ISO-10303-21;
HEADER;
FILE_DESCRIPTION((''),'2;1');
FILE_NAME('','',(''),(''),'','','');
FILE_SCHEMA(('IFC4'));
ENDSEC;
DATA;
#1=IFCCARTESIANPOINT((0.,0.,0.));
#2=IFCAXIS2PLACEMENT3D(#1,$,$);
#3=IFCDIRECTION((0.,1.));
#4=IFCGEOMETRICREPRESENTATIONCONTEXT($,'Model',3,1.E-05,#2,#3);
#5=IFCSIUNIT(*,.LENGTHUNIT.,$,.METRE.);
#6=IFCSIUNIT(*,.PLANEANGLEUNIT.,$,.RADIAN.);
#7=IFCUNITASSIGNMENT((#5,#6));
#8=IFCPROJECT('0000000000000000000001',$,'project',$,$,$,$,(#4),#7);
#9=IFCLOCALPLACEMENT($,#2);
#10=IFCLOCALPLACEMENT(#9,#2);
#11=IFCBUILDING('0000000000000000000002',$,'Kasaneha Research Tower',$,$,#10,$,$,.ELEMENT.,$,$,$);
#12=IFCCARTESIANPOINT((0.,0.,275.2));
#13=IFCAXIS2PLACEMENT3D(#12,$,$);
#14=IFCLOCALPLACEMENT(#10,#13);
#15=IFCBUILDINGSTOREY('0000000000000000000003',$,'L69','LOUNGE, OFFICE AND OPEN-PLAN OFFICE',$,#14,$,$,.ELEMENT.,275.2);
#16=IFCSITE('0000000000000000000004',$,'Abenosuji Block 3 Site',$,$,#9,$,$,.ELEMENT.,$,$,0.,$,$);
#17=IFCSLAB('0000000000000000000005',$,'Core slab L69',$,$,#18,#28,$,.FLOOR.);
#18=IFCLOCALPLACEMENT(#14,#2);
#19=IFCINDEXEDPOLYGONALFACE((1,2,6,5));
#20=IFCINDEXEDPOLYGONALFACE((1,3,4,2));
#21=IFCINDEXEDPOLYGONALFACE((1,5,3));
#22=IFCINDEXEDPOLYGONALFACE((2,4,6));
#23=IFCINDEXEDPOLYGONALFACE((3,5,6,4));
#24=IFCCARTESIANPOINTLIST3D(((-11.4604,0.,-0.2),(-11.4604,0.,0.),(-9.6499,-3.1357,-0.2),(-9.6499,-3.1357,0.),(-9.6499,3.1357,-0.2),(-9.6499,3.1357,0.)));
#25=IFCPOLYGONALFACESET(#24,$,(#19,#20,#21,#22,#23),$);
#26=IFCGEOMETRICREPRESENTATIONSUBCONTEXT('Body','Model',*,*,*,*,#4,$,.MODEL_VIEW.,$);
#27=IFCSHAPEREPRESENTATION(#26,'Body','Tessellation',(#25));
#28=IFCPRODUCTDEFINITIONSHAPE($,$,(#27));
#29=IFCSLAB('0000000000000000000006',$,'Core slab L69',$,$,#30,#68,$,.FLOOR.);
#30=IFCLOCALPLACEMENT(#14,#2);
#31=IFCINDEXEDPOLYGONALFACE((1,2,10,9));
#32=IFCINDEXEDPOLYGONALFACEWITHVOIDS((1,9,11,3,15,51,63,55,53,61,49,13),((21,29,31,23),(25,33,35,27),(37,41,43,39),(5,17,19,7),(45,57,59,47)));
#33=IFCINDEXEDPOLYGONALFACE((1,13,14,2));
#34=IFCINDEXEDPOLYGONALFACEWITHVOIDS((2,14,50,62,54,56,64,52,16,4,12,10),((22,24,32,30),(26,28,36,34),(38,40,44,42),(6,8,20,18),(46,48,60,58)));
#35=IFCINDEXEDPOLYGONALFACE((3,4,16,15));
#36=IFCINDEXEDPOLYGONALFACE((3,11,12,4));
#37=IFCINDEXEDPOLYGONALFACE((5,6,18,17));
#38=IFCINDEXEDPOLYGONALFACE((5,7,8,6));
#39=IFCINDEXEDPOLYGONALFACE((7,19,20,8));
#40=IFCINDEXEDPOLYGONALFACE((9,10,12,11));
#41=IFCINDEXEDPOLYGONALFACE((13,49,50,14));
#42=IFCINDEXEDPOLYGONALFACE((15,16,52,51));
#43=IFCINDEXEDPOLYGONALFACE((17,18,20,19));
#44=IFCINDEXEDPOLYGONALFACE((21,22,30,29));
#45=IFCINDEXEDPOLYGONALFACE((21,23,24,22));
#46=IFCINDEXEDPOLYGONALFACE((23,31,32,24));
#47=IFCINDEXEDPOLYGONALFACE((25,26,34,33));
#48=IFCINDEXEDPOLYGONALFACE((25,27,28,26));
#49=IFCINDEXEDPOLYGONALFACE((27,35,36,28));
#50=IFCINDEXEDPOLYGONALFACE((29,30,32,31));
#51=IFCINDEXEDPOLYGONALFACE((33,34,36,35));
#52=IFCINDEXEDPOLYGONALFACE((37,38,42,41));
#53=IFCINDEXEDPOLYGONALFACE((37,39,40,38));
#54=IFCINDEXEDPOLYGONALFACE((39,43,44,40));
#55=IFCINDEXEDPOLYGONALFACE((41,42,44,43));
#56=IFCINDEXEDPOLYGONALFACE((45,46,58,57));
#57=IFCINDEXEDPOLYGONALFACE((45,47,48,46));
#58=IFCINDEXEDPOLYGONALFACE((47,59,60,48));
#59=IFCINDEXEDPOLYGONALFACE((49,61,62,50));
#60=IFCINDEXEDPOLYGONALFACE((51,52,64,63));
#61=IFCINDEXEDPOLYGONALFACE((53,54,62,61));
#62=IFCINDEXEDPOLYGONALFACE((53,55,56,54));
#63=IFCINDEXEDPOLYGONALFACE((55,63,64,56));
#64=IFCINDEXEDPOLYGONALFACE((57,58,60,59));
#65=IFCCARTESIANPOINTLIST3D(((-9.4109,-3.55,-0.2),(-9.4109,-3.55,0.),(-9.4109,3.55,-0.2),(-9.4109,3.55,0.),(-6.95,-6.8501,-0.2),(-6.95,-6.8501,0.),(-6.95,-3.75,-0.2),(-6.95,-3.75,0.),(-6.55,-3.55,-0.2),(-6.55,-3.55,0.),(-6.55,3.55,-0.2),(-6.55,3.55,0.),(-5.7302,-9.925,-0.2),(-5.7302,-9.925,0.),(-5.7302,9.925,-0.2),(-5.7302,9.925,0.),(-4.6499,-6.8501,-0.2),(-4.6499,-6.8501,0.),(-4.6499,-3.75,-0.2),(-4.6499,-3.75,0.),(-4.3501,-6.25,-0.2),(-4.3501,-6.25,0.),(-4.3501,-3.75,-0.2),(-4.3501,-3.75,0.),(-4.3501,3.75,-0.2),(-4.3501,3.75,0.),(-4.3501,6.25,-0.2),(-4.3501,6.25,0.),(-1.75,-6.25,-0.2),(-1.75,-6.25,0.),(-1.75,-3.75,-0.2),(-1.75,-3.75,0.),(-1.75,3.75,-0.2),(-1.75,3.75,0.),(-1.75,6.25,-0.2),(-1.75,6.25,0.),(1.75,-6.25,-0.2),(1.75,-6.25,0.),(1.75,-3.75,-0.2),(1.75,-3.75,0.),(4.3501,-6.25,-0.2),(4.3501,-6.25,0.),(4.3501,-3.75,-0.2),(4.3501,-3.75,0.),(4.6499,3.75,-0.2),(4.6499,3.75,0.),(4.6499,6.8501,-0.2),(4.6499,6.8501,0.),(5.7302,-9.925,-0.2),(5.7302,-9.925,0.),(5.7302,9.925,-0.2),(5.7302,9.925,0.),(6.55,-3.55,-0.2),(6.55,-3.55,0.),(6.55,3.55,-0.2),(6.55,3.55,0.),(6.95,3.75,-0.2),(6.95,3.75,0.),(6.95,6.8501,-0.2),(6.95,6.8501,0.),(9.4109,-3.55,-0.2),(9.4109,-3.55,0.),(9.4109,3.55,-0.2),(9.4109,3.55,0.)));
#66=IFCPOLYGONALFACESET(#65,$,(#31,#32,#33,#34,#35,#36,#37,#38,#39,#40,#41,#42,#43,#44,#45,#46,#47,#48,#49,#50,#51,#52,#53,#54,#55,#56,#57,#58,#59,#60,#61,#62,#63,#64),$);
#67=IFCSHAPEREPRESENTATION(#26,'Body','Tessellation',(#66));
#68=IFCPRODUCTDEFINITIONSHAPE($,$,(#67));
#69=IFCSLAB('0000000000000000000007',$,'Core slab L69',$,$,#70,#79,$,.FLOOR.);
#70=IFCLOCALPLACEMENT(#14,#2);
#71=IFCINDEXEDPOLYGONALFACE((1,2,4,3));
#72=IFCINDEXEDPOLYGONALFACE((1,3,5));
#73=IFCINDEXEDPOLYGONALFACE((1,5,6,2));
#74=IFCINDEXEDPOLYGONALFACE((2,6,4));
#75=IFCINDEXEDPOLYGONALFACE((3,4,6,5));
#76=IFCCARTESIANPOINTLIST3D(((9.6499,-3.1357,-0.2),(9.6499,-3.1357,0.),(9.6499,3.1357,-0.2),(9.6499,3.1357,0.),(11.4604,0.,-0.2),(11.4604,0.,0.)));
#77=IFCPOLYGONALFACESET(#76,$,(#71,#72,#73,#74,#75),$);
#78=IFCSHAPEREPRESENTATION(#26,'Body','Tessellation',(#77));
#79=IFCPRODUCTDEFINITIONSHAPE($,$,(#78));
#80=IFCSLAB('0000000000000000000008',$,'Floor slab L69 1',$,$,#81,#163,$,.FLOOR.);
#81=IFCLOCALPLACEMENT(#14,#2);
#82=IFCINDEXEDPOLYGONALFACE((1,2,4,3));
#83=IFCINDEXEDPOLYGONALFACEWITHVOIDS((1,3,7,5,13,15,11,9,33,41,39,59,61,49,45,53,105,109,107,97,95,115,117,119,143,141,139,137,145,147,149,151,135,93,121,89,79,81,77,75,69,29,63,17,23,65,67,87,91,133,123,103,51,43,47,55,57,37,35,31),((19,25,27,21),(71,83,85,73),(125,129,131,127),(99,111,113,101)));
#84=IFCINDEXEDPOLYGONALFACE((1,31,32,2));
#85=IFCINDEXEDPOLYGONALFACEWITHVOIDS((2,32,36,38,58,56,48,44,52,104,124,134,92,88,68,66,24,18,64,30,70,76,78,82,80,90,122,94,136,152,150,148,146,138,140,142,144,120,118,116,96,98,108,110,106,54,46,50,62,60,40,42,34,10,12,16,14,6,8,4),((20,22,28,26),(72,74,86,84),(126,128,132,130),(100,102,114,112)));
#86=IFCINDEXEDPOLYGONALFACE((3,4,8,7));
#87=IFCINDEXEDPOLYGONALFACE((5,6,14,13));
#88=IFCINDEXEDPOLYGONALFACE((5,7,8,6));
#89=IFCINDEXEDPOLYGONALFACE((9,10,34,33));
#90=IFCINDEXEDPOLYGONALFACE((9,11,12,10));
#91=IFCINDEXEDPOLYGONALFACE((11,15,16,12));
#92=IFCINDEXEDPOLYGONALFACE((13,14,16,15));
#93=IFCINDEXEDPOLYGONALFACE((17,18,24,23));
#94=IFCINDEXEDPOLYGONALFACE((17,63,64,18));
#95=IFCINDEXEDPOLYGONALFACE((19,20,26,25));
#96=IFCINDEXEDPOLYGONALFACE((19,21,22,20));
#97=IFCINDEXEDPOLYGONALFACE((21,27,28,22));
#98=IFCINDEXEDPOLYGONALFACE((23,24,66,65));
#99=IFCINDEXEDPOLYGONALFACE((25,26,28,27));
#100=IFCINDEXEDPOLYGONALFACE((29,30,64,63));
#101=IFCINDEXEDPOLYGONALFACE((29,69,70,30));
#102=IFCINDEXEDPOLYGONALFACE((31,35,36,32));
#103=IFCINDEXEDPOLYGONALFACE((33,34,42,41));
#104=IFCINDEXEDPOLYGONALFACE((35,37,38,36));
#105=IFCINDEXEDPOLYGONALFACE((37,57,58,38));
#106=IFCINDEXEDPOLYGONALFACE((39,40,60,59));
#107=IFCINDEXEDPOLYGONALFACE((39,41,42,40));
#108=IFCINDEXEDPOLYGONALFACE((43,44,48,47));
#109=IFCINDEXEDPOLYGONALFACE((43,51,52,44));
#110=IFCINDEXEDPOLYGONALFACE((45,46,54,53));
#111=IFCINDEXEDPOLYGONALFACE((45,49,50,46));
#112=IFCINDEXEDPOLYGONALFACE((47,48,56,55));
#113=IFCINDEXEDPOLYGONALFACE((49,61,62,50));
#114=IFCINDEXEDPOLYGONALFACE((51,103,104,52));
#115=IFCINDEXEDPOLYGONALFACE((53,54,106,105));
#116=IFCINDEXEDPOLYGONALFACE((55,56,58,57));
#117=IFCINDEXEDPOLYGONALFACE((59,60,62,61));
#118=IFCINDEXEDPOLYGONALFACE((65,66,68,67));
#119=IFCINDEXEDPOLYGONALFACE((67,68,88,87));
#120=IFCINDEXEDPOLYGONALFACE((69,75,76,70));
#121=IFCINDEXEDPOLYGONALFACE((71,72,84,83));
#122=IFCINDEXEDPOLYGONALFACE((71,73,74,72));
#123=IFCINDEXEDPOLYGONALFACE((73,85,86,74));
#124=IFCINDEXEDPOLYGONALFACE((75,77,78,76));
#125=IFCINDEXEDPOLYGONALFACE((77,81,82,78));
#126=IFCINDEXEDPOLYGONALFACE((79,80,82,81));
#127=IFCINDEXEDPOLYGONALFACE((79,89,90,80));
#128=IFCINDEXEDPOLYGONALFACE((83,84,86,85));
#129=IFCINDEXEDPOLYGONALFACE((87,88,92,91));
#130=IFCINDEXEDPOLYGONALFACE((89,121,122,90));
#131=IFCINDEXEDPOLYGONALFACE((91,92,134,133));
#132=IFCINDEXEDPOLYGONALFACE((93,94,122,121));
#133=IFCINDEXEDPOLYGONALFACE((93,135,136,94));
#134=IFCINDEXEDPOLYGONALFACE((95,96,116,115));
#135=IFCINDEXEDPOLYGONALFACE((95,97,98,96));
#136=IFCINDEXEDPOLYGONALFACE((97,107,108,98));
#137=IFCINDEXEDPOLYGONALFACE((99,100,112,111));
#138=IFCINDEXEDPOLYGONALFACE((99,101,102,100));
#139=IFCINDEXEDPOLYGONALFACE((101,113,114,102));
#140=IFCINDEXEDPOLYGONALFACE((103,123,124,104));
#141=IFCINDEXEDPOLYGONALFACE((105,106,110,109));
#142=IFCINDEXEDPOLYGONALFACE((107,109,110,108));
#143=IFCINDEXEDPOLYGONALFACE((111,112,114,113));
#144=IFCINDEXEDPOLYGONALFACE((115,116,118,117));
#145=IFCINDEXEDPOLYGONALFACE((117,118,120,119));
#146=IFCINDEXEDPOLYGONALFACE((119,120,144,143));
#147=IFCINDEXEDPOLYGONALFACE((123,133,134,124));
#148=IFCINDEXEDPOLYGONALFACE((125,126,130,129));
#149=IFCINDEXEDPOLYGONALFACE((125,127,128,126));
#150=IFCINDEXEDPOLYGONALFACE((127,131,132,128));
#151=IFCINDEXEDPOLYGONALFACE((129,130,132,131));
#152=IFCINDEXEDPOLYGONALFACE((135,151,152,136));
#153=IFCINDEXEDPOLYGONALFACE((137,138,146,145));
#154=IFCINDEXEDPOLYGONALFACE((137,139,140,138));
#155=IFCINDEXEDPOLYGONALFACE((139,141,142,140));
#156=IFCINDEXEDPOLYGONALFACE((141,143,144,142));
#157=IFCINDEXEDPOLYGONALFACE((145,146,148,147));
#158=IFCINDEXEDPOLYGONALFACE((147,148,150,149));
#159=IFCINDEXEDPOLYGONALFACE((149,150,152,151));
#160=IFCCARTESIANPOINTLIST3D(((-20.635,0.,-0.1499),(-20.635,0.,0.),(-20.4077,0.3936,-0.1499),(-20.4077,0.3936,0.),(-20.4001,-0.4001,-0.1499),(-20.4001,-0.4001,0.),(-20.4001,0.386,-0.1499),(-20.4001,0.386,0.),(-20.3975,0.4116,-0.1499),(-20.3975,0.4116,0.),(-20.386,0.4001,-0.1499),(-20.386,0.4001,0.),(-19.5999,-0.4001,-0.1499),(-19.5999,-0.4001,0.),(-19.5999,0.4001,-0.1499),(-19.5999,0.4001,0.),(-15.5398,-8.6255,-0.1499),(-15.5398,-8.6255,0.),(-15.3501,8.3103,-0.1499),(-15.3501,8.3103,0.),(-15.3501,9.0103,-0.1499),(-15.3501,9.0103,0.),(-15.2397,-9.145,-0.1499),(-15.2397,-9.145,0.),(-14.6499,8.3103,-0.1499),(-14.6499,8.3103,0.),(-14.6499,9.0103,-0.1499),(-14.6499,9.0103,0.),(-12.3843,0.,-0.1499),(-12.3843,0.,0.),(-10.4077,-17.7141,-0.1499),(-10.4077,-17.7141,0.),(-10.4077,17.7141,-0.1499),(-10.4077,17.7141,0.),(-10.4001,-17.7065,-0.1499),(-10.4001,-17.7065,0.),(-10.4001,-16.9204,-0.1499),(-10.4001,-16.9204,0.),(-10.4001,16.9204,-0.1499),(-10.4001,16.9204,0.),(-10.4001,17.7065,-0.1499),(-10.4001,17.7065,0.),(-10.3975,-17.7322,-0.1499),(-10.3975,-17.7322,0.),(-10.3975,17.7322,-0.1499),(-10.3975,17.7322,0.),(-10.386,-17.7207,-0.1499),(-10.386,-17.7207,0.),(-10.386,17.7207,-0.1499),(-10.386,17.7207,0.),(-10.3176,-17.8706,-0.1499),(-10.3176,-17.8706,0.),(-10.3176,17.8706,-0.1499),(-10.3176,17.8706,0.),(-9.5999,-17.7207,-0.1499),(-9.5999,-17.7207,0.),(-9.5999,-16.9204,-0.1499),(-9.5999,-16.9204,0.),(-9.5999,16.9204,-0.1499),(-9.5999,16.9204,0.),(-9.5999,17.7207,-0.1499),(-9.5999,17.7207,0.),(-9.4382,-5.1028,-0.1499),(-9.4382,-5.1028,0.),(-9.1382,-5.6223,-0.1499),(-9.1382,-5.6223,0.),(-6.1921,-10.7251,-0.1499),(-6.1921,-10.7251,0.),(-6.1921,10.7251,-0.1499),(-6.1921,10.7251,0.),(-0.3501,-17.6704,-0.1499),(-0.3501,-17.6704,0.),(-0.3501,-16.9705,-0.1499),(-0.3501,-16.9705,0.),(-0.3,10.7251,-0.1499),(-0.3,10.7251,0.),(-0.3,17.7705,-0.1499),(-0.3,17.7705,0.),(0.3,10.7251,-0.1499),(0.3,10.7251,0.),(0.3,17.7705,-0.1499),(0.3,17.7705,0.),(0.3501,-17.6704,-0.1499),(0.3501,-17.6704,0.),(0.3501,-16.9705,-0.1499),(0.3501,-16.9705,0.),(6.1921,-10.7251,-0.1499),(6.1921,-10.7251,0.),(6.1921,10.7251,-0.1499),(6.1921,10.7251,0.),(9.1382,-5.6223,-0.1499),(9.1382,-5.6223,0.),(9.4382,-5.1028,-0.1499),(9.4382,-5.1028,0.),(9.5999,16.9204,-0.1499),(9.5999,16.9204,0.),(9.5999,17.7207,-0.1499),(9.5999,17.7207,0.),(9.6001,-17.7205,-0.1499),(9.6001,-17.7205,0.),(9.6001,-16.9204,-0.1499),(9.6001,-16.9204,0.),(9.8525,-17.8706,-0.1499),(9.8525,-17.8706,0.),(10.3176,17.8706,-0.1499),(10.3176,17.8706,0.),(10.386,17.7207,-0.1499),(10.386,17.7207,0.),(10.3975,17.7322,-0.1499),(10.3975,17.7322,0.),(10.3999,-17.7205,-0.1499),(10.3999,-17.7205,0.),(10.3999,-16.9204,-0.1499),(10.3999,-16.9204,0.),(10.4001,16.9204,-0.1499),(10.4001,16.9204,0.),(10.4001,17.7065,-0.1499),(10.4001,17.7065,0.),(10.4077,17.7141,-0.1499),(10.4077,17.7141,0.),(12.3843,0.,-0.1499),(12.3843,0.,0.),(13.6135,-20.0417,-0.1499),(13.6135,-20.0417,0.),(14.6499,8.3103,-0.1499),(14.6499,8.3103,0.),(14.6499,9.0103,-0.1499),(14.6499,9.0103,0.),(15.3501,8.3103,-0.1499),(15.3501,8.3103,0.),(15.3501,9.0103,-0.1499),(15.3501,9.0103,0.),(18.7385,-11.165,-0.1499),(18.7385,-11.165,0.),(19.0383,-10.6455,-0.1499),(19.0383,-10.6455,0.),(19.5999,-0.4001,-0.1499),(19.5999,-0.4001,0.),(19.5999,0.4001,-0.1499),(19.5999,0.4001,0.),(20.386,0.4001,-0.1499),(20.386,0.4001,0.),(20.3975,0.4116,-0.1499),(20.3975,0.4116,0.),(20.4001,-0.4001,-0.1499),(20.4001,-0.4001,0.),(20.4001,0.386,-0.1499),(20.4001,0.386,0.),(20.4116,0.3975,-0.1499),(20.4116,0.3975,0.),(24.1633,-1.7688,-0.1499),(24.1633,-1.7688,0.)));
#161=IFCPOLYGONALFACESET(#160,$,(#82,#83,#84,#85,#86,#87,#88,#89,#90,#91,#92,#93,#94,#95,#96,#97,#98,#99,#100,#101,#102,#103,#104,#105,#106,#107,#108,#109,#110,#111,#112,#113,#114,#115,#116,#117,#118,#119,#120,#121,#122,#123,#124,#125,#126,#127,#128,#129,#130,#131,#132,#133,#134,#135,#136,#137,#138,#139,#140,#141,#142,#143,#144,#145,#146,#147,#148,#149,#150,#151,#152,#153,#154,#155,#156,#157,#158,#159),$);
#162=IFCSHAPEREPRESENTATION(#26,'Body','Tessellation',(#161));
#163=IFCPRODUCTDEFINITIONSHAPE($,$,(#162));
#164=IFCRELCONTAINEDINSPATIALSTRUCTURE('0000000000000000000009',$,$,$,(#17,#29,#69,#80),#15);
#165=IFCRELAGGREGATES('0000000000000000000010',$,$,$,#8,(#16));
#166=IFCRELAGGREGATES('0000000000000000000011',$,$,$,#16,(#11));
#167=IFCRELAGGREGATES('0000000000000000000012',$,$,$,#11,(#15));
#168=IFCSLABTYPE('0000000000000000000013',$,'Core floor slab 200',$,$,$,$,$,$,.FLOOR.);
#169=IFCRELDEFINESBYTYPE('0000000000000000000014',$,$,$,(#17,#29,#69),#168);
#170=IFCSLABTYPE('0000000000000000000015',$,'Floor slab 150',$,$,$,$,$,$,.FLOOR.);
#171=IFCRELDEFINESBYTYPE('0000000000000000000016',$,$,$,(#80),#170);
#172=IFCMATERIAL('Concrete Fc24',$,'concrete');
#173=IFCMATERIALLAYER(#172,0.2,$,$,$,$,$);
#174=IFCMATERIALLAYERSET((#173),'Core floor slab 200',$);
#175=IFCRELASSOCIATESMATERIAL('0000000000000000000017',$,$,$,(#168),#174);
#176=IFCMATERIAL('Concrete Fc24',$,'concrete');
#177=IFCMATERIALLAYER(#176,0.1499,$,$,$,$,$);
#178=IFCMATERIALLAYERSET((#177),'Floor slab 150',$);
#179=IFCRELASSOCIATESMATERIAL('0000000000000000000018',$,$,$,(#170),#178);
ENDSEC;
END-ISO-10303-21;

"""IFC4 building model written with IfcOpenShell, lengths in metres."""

from ifc_helpers import new_model, si_unit, direction, frame, origin, place, context, subcontext, project, spatial, polyline, outline, extrude, material, layer, layer_set, type_object, element, save


model = new_model("IFC4")

# Units and contexts
model_context = context("Model", 3, precision=1e-05, world=origin(), true_north=direction((0.0, 1.0)))
body_context = subcontext(model_context, "Body", "Model", "MODEL_VIEW")
ifc_project = project(units=[si_unit("LENGTHUNIT", "METRE"), si_unit("PLANEANGLEUNIT", "RADIAN")], contexts=[model_context])

# Site, building, storey
site_placement = place(None, origin())
site = spatial("IfcSite", under=ifc_project, at=site_placement, Name="Abenosuji Block 3 Site", CompositionType="ELEMENT", RefElevation=0.0)
building_placement = place(site_placement, origin())
building = spatial("IfcBuilding", under=site, at=building_placement, Name="Kasaneha Research Tower", CompositionType="ELEMENT")
storey_placement = place(building_placement, frame((0.0, 0.0, 275.2)))
storey = spatial("IfcBuildingStorey", under=building, at=storey_placement, Name="L69", Description="LOUNGE, OFFICE AND OPEN-PLAN OFFICE", CompositionType="ELEMENT", Elevation=275.2)

# Slabs
ifc_material_1 = material(Name="Concrete Fc24", Category="concrete")
ifc_layer_1 = layer(ifc_material_1, 0.2)
ifc_layer_set_1 = layer_set([ifc_layer_1], Name="Core floor slab 200")
slab_type_1 = type_object("IfcSlabType", Name="Core floor slab 200", PredefinedType="FLOOR", material=ifc_layer_set_1)
slab_1_placement = place(storey_placement, frame((0.0, 0.0, -0.2)))
element("IfcSlab", 1, at=slab_1_placement, inside=storey, type_object=slab_type_1, Name="Core slab L69", PredefinedType="FLOOR", context=body_context, shape_type="SweptSolid", body=[
    extrude(outline(polyline([(-11.4604, 0.0), (-9.6499, 3.1357), (-9.6499, -3.1357), (-11.4604, 0.0)])), origin(), (0.0, 0.0, 1.0), 0.2),
])
slab_2_placement = place(storey_placement, frame((0.0, 0.0, -0.2)))
element("IfcSlab", 2, at=slab_2_placement, inside=storey, type_object=slab_type_1, Name="Core slab L69", PredefinedType="FLOOR", context=body_context, shape_type="SweptSolid", body=[
    extrude(outline(polyline([(-5.7302, 9.925), (5.7302, 9.925), (9.4109, 3.55), (6.55, 3.55), (6.55, -3.55), (9.4109, -3.55), (5.7302, -9.925), (-5.7302, -9.925), (-9.4109, -3.55), (-6.55, -3.55), (-6.55, 3.55), (-9.4109, 3.55), (-5.7302, 9.925)]), holes=[polyline([(-6.95, -6.8501), (-4.6499, -6.8501), (-4.6499, -3.75), (-6.95, -3.75), (-6.95, -6.8501)]), polyline([(-4.3501, -3.75), (-4.3501, -6.25), (-1.75, -6.25), (-1.75, -3.75), (-4.3501, -3.75)]), polyline([(1.75, -3.75), (1.75, -6.25), (4.3501, -6.25), (4.3501, -3.75), (1.75, -3.75)]), polyline([(-4.3501, 6.25), (-4.3501, 3.75), (-1.75, 3.75), (-1.75, 6.25), (-4.3501, 6.25)]), polyline([(4.6499, 6.8501), (4.6499, 3.75), (6.95, 3.75), (6.95, 6.8501), (4.6499, 6.8501)])]), origin(), (0.0, 0.0, 1.0), 0.2),
])
slab_3_placement = place(storey_placement, frame((0.0, 0.0, -0.2)))
element("IfcSlab", 3, at=slab_3_placement, inside=storey, type_object=slab_type_1, Name="Core slab L69", PredefinedType="FLOOR", context=body_context, shape_type="SweptSolid", body=[
    extrude(outline(polyline([(11.4604, 0.0), (9.6499, -3.1357), (9.6499, 3.1357), (11.4604, 0.0)])), origin(), (0.0, 0.0, 1.0), 0.2),
])
ifc_material_2 = material(Name="Concrete Fc24", Category="concrete")
ifc_layer_2 = layer(ifc_material_2, 0.1499)
ifc_layer_set_2 = layer_set([ifc_layer_2], Name="Floor slab 150")
slab_type_2 = type_object("IfcSlabType", Name="Floor slab 150", PredefinedType="FLOOR", material=ifc_layer_set_2)
slab_4_placement = place(storey_placement, frame((0.0, 0.0, -0.1499)))
element("IfcSlab", 4, at=slab_4_placement, inside=storey, type_object=slab_type_2, Name="Floor slab L69 1", PredefinedType="FLOOR", context=body_context, shape_type="SweptSolid", body=[
    extrude(outline(polyline([(-10.3176, -17.8706), (-10.3975, -17.7322), (-10.386, -17.7207), (-9.5999, -17.7207), (-9.5999, -16.9204), (-10.4001, -16.9204), (-10.4001, -17.7065), (-10.4077, -17.7141), (-20.635, 0.0), (-20.4077, 0.3936), (-20.4001, 0.386), (-20.4001, -0.4001), (-19.5999, -0.4001), (-19.5999, 0.4001), (-20.386, 0.4001), (-20.3975, 0.4116), (-10.4077, 17.7141), (-10.4001, 17.7065), (-10.4001, 16.9204), (-9.5999, 16.9204), (-9.5999, 17.7207), (-10.386, 17.7207), (-10.3975, 17.7322), (-10.3176, 17.8706), (10.3176, 17.8706), (10.3975, 17.7322), (10.386, 17.7207), (9.5999, 17.7207), (9.5999, 16.9204), (10.4001, 16.9204), (10.4001, 17.7065), (10.4077, 17.7141), (20.3975, 0.4116), (20.386, 0.4001), (19.5999, 0.4001), (19.5999, -0.4001), (20.4001, -0.4001), (20.4001, 0.386), (20.4116, 0.3975), (24.1633, -1.7688), (19.0383, -10.6455), (9.4382, -5.1028), (12.3843, 0.0), (6.1921, 10.7251), (0.3, 10.7251), (0.3, 17.7705), (-0.3, 17.7705), (-0.3, 10.7251), (-6.1921, 10.7251), (-12.3843, 0.0), (-9.4382, -5.1028), (-15.5398, -8.6255), (-15.2397, -9.145), (-9.1382, -5.6223), (-6.1921, -10.7251), (6.1921, -10.7251), (9.1382, -5.6223), (18.7385, -11.165), (13.6135, -20.0417), (9.8525, -17.8706), (-10.3176, -17.8706)]), holes=[polyline([(0.3501, -17.6704), (0.3501, -16.9705), (-0.3501, -16.9705), (-0.3501, -17.6704), (0.3501, -17.6704)]), polyline([(-15.3501, 8.3103), (-14.6499, 8.3103), (-14.6499, 9.0103), (-15.3501, 9.0103), (-15.3501, 8.3103)]), polyline([(9.6001, -17.7205), (10.3999, -17.7205), (10.3999, -16.9204), (9.6001, -16.9204), (9.6001, -17.7205)]), polyline([(14.6499, 8.3103), (15.3501, 8.3103), (15.3501, 9.0103), (14.6499, 9.0103), (14.6499, 8.3103)])]), origin(), (0.0, 0.0, 1.0), 0.1499),
])

save(model, "model.ifc")
